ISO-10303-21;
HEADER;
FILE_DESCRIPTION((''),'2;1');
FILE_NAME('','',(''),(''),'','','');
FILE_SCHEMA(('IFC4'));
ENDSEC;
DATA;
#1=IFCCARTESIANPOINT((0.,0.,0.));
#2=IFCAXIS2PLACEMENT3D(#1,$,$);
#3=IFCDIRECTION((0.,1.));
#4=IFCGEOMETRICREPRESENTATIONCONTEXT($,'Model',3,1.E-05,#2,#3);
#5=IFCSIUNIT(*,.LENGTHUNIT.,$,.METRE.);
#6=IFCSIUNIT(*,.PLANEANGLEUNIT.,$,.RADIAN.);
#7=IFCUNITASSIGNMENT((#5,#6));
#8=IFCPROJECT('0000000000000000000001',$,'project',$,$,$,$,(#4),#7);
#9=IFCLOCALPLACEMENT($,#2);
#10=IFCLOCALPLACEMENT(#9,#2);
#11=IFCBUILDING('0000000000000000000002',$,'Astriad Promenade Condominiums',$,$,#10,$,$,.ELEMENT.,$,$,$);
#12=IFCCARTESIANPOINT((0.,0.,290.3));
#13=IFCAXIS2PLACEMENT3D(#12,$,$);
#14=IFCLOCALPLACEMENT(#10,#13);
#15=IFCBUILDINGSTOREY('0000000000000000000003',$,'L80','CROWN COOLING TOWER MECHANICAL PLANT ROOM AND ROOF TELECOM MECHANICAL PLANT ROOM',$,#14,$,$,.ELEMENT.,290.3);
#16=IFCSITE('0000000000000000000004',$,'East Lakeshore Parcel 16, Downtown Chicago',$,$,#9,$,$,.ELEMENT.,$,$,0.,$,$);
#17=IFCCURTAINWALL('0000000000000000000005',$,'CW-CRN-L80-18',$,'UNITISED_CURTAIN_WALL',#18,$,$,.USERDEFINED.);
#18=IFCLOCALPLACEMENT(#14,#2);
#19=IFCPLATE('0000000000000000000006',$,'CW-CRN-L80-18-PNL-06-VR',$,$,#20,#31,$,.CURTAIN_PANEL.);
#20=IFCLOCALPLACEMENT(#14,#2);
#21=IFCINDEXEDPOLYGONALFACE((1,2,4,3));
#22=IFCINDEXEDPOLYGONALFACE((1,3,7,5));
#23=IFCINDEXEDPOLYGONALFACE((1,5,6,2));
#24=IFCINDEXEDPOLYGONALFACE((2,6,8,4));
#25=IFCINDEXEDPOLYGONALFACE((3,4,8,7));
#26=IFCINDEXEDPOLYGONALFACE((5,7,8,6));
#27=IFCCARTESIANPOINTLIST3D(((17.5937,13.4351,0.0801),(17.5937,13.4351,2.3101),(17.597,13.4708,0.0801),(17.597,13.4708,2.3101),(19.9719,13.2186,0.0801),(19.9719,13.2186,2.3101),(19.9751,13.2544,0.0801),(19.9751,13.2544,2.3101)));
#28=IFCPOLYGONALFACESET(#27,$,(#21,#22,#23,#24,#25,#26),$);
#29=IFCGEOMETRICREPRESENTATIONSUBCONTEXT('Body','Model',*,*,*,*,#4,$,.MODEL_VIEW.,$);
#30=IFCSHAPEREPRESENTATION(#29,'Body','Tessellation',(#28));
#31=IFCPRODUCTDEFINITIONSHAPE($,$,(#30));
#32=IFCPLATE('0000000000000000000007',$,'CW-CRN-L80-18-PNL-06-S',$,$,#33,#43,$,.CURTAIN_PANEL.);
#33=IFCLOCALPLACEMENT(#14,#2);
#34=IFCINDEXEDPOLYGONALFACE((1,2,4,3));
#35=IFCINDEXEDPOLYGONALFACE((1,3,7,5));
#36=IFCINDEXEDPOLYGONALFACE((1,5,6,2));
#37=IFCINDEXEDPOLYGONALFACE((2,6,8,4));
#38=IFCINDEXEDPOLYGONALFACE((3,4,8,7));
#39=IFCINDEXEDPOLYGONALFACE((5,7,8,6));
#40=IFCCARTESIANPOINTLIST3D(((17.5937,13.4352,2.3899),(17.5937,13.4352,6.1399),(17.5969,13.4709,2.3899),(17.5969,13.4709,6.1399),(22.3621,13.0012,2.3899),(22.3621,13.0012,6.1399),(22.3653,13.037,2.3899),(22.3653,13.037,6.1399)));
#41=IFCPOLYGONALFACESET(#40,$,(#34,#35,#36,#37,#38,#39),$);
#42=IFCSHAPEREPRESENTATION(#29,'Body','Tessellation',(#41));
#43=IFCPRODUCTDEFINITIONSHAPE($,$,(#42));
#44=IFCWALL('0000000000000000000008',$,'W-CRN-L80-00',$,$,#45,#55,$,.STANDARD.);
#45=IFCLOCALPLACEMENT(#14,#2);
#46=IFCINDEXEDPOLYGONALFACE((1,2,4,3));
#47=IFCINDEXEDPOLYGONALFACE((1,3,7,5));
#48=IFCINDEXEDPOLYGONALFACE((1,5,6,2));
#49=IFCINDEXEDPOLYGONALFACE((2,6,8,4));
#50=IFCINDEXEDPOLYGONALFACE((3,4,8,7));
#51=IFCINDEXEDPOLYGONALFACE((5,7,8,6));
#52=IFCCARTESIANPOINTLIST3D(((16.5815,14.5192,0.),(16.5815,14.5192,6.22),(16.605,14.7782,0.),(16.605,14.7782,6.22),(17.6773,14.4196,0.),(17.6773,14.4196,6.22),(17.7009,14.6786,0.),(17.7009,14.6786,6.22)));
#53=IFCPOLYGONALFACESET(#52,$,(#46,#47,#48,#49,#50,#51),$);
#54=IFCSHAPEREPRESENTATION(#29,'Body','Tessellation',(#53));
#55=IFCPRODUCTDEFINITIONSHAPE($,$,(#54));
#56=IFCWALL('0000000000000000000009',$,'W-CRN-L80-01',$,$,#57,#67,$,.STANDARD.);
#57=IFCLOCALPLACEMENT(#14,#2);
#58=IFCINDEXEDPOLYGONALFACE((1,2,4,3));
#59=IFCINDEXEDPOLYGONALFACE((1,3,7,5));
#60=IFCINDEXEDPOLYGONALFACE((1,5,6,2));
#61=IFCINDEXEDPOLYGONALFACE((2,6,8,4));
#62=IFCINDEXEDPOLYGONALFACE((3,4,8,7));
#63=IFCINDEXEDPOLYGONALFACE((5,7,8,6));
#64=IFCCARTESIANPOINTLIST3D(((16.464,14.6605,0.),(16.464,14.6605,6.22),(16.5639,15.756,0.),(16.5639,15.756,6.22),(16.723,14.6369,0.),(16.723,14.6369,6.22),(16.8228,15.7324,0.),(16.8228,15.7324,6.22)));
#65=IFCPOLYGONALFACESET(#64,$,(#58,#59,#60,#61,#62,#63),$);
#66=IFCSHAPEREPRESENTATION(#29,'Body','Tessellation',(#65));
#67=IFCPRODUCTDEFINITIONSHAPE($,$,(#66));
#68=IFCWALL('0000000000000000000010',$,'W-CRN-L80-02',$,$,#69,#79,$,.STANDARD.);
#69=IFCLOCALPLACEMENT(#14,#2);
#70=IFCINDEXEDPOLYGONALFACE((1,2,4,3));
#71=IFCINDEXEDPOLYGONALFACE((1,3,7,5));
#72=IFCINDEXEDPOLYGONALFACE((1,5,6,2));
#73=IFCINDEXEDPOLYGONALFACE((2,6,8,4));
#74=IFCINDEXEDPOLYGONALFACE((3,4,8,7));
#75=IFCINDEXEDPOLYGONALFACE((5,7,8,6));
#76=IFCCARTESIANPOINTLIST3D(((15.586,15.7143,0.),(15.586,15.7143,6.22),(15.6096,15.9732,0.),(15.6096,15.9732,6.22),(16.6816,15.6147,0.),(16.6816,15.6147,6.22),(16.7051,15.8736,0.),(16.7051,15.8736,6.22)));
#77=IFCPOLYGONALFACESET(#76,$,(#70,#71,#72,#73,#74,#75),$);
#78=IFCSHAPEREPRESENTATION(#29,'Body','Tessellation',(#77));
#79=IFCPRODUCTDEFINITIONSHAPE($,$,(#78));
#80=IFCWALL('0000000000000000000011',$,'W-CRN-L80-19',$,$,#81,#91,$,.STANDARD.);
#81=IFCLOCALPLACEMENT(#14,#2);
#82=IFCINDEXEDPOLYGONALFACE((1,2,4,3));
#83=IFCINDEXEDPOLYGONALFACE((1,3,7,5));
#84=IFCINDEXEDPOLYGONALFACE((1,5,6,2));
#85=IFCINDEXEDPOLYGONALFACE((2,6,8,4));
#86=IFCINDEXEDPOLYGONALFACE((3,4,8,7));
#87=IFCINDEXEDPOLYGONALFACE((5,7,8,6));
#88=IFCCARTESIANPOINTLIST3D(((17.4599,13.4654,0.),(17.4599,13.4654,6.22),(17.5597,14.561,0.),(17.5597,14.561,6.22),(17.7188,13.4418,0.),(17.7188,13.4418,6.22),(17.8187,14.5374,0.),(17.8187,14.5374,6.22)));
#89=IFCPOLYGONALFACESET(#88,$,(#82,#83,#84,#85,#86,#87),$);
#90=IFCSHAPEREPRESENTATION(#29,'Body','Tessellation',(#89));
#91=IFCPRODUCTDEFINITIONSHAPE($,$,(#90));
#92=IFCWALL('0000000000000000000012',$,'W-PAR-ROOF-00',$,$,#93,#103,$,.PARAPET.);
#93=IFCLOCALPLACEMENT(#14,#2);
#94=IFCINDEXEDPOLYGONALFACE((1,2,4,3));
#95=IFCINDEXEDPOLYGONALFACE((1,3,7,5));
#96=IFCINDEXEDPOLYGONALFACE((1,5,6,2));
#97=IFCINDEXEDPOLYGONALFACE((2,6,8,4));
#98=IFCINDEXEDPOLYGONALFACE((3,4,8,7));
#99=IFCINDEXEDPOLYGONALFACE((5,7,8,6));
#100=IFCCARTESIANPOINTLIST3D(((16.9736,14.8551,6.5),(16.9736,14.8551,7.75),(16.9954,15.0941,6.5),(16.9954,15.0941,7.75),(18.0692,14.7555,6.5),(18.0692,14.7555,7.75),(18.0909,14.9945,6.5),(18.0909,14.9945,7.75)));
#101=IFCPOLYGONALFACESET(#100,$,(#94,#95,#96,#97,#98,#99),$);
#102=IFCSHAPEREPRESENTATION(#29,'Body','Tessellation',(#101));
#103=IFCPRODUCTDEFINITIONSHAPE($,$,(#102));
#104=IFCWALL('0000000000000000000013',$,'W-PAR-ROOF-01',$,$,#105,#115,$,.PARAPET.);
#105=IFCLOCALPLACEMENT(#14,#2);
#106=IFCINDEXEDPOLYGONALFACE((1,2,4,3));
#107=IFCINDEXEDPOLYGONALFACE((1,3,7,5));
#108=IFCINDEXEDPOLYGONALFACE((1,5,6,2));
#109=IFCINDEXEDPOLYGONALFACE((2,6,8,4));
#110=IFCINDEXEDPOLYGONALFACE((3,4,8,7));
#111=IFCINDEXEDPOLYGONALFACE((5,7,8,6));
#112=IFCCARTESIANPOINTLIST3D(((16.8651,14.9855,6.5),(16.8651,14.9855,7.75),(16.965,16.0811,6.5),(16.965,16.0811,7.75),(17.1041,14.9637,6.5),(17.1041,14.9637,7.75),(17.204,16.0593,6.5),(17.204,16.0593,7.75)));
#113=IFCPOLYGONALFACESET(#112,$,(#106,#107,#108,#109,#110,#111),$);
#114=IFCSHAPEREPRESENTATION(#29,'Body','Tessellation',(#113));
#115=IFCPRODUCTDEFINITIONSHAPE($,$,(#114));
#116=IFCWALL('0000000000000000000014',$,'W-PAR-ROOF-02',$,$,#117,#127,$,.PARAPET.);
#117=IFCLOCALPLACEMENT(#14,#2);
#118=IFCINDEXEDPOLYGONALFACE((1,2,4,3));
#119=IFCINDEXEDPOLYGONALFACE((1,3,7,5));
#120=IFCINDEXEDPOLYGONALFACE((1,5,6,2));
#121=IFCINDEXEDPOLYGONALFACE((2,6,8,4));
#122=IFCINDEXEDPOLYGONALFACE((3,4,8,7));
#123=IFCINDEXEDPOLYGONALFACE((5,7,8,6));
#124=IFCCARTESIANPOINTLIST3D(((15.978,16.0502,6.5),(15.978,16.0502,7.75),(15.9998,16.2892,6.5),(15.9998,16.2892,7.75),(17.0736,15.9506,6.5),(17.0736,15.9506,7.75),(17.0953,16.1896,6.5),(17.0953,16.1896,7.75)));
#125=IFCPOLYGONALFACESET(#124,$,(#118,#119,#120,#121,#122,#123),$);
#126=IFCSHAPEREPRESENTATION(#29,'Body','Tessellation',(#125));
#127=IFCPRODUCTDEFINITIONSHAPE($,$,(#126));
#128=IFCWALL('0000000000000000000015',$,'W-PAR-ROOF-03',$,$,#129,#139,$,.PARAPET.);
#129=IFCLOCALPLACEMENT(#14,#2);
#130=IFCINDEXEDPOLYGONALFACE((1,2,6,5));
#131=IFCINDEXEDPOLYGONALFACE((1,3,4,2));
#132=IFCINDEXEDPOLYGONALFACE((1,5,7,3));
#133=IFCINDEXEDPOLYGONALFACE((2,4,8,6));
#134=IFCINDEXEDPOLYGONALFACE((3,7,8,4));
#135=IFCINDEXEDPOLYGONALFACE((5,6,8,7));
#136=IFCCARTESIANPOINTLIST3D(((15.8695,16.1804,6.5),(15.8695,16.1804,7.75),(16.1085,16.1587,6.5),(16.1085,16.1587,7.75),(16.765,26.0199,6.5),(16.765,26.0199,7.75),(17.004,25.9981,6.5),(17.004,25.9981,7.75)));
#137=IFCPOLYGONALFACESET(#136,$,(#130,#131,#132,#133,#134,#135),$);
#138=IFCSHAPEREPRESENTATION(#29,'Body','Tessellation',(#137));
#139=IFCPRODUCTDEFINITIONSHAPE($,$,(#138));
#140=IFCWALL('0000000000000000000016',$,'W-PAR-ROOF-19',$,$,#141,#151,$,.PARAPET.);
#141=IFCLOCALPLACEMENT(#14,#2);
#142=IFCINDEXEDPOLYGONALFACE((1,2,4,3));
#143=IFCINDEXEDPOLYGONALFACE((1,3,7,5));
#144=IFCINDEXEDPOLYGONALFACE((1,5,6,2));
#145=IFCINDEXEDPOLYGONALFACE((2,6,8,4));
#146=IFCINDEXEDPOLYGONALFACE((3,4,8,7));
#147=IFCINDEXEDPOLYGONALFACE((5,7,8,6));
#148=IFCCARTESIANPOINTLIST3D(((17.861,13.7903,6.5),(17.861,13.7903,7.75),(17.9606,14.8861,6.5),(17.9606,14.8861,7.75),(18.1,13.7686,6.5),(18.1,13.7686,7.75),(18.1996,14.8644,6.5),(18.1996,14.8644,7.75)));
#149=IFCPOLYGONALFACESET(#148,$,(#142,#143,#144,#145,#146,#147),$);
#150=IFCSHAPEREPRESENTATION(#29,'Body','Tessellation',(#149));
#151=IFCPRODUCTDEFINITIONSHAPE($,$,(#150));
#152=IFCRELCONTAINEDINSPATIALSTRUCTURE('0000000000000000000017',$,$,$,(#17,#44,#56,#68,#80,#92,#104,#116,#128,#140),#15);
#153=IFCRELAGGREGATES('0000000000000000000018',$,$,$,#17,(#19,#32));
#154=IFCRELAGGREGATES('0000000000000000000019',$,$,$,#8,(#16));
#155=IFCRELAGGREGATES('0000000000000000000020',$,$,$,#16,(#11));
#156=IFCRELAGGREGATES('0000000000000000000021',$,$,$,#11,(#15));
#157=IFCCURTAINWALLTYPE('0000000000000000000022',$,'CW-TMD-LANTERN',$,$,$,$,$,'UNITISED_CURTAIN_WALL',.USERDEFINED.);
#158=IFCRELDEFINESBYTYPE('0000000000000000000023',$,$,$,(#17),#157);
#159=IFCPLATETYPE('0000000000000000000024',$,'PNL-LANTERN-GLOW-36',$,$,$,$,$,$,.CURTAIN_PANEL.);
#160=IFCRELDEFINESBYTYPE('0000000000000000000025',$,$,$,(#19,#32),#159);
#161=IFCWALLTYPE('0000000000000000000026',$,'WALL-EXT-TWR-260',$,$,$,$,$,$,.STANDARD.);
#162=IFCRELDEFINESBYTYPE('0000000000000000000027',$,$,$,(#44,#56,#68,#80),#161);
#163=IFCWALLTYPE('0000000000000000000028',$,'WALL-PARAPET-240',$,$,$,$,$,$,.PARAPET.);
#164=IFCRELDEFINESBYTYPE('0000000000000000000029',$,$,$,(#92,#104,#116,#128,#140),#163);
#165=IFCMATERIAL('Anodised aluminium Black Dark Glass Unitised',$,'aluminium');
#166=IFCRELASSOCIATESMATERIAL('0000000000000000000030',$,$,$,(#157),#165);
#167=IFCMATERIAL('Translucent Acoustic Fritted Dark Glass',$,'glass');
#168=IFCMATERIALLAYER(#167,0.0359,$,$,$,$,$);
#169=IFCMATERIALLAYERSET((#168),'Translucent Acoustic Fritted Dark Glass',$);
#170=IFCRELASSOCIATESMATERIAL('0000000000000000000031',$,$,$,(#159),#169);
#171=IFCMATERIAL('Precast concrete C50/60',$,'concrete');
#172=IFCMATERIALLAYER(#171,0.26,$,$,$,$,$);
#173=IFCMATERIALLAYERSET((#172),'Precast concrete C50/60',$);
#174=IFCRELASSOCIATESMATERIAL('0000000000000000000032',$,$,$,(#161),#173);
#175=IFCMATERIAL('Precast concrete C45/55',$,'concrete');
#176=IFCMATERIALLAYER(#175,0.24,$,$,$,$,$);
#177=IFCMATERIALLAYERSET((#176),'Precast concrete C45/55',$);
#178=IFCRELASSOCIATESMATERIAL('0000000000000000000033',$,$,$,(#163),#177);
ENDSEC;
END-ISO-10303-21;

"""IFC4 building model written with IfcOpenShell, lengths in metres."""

from ifc_helpers import new_model, si_unit, direction, frame, frame_2d, origin, origin_2d, place, context, subcontext, project, spatial, rectangle, extrude, source, transform, mapped, material, layer, layer_set, type_object, element, aggregate, save


model = new_model("IFC4")

# Units and contexts
model_context = context("Model", 3, precision=1e-05, world=origin(), true_north=direction((0.0, 1.0)))
body_context = subcontext(model_context, "Body", "Model", "MODEL_VIEW")
ifc_project = project(units=[si_unit("LENGTHUNIT", "METRE"), si_unit("PLANEANGLEUNIT", "RADIAN")], contexts=[model_context])

# Site, building, storey
site_placement = place(None, origin())
site = spatial("IfcSite", under=ifc_project, at=site_placement, Name="East Lakeshore Parcel 16, Downtown Chicago", CompositionType="ELEMENT", RefElevation=0.0)
building_placement = place(site_placement, origin())
building = spatial("IfcBuilding", under=site, at=building_placement, Name="Astriad Promenade Condominiums", CompositionType="ELEMENT")
storey_placement = place(building_placement, frame((0.0, 0.0, 290.3)))
storey = spatial("IfcBuildingStorey", under=building, at=storey_placement, Name="L80", Description="CROWN COOLING TOWER MECHANICAL PLANT ROOM AND ROOF TELECOM MECHANICAL PLANT ROOM", CompositionType="ELEMENT", Elevation=290.3)

# Curtain wall
ifc_material_1 = material(Name="Anodised aluminium Black Dark Glass Unitised", Category="aluminium")
curtain_wall_type = type_object("IfcCurtainWallType", Name="CW-TMD-LANTERN", ElementType="UNITISED_CURTAIN_WALL", PredefinedType="USERDEFINED", material=ifc_material_1)
curtain_wall_1_placement = place(storey_placement, origin())
curtain_wall_1 = element("IfcCurtainWall", 1, at=curtain_wall_1_placement, inside=storey, type_object=curtain_wall_type, Name="CW-CRN-L80-18", ObjectType="UNITISED_CURTAIN_WALL", PredefinedType="USERDEFINED")

# Shared definitions
ifc_material_2 = material(Name="Translucent Acoustic Fritted Dark Glass", Category="glass")
ifc_layer_1 = layer(ifc_material_2, 0.0359)
ifc_layer_set_1 = layer_set([ifc_layer_1], Name="Translucent Acoustic Fritted Dark Glass")
plate_type_1 = type_object("IfcPlateType", Name="PNL-LANTERN-GLOW-36", PredefinedType="CURTAIN_PANEL", material=ifc_layer_set_1)

# Plates
shared_shape_1 = source(origin(), body_context, "Body", "SweptSolid", [
    extrude(rectangle(XDim=2.3879, YDim=0.0359, at=origin_2d()), origin(), (0.0, 0.0, 1.0), 2.23),
])
plate_1_placement = place(storey_placement, frame((18.7844, 13.3447, 0.0801), z_axis=(0.0, 0.0, 1.0), x_axis=(-0.995884, 0.090633, 0.0)))
plate_1 = element("IfcPlate", 2, at=plate_1_placement, type_object=plate_type_1, Name="CW-CRN-L80-18-PNL-06-VR", PredefinedType="CURTAIN_PANEL", context=body_context, shape_type="MappedRepresentation", body=[
    mapped(shared_shape_1, transform((0.0, 0.0, 0.0), scale=1.0)),
])
shared_shape_2 = source(origin(), body_context, "Body", "SweptSolid", [
    extrude(rectangle(XDim=4.7881, YDim=0.0359, at=origin_2d()), origin(), (0.0, 0.0, 1.0), 3.75),
])
plate_2_placement = place(storey_placement, frame((19.9795, 13.2361, 2.3899), z_axis=(0.0, 0.0, 1.0), x_axis=(-0.995884, 0.090633, 0.0)))
plate_2 = element("IfcPlate", 3, at=plate_2_placement, type_object=plate_type_1, Name="CW-CRN-L80-18-PNL-06-S", PredefinedType="CURTAIN_PANEL", context=body_context, shape_type="MappedRepresentation", body=[
    mapped(shared_shape_2, transform((0.0, 0.0, 0.0), scale=1.0)),
])
aggregate(curtain_wall_1, [plate_1, plate_2])

# Walls
ifc_material_3 = material(Name="Precast concrete C50/60", Category="concrete")
ifc_layer_2 = layer(ifc_material_3, 0.26)
ifc_layer_set_2 = layer_set([ifc_layer_2], Name="Precast concrete C50/60")
wall_type_1 = type_object("IfcWallType", Name="WALL-EXT-TWR-260", PredefinedType="STANDARD", material=ifc_layer_set_2)
wall_1_placement = place(storey_placement, frame((17.6892, 14.5491, 0.0), z_axis=(0.0, 0.0, 1.0), x_axis=(-0.995893, 0.090536, 0.0)))
element("IfcWall", 4, at=wall_1_placement, inside=storey, type_object=wall_type_1, Name="W-CRN-L80-00", PredefinedType="STANDARD", context=body_context, shape_type="SweptSolid", body=[
    extrude(rectangle(XDim=1.1003, YDim=0.26, at=frame_2d((0.5503, 0.0))), origin(), (0.0, 0.0, 1.0), 6.22),
])
for number, where, z_axis, x_axis, name in (
    (5, (16.5935, 14.6487, 0.0), (0.0, 0.0, 1.0), (0.090776, 0.995871, 0.0), "W-CRN-L80-01"),
    (6, (16.6934, 15.7441, 0.0), (0.0, 0.0, 1.0), (-0.995891, 0.090556, 0.0), "W-CRN-L80-02"),
    (7, (17.5894, 13.4536, 0.0), (0.0, 0.0, 1.0), (0.090776, 0.995871, 0.0), "W-CRN-L80-19"),
):
    element("IfcWall", number, at=place(storey_placement, frame(where, z_axis=z_axis, x_axis=x_axis)), inside=storey, type_object=wall_type_1, Name=name, PredefinedType="STANDARD", context=body_context, shape_type="SweptSolid", body=[
        extrude(rectangle(XDim=1.1001, YDim=0.26, at=frame_2d((0.55, 0.0))), origin(), (0.0, 0.0, 1.0), 6.22),
    ])
ifc_material_4 = material(Name="Precast concrete C45/55", Category="concrete")
ifc_layer_3 = layer(ifc_material_4, 0.24)
ifc_layer_set_3 = layer_set([ifc_layer_3], Name="Precast concrete C45/55")
wall_type_2 = type_object("IfcWallType", Name="WALL-PARAPET-240", PredefinedType="PARAPET", material=ifc_layer_set_3)
for number, where, z_axis, x_axis, name in (
    (8, (18.0801, 14.875, 6.5), (0.0, 0.0, 1.0), (-0.995891, 0.090556, 0.0), "W-PAR-ROOF-00"),
    (9, (16.9846, 14.9746, 6.5), (0.0, 0.0, 1.0), (0.090776, 0.995871, 0.0), "W-PAR-ROOF-01"),
    (10, (17.0845, 16.0701, 6.5), (0.0, 0.0, 1.0), (-0.995891, 0.090556, 0.0), "W-PAR-ROOF-02"),
):
    element("IfcWall", number, at=place(storey_placement, frame(where, z_axis=z_axis, x_axis=x_axis)), inside=storey, type_object=wall_type_2, Name=name, PredefinedType="PARAPET", context=body_context, shape_type="SweptSolid", body=[
        extrude(rectangle(XDim=1.1001, YDim=0.24, at=frame_2d((0.55, 0.0))), origin(), (0.0, 0.0, 1.0), 1.25),
    ])
wall_2_placement = place(storey_placement, frame((15.989, 16.1697, 6.5), z_axis=(0.0, 0.0, 1.0), x_axis=(0.090638, 0.995884, 0.0)))
element("IfcWall", 11, at=wall_2_placement, inside=storey, type_object=wall_type_2, Name="W-PAR-ROOF-03", PredefinedType="PARAPET", context=body_context, shape_type="SweptSolid", body=[
    extrude(rectangle(XDim=9.8801, YDim=0.24, at=frame_2d((4.9399, 0.0))), origin(), (0.0, 0.0, 1.0), 1.25),
])
wall_3_placement = place(storey_placement, frame((17.9805, 13.7793, 6.5), z_axis=(0.0, 0.0, 1.0), x_axis=(0.090536, 0.995893, 0.0)))
element("IfcWall", 12, at=wall_3_placement, inside=storey, type_object=wall_type_2, Name="W-PAR-ROOF-19", PredefinedType="PARAPET", context=body_context, shape_type="SweptSolid", body=[
    extrude(rectangle(XDim=1.1003, YDim=0.24, at=frame_2d((0.5503, 0.0))), origin(), (0.0, 0.0, 1.0), 1.25),
])

save(model, "model.ifc")
